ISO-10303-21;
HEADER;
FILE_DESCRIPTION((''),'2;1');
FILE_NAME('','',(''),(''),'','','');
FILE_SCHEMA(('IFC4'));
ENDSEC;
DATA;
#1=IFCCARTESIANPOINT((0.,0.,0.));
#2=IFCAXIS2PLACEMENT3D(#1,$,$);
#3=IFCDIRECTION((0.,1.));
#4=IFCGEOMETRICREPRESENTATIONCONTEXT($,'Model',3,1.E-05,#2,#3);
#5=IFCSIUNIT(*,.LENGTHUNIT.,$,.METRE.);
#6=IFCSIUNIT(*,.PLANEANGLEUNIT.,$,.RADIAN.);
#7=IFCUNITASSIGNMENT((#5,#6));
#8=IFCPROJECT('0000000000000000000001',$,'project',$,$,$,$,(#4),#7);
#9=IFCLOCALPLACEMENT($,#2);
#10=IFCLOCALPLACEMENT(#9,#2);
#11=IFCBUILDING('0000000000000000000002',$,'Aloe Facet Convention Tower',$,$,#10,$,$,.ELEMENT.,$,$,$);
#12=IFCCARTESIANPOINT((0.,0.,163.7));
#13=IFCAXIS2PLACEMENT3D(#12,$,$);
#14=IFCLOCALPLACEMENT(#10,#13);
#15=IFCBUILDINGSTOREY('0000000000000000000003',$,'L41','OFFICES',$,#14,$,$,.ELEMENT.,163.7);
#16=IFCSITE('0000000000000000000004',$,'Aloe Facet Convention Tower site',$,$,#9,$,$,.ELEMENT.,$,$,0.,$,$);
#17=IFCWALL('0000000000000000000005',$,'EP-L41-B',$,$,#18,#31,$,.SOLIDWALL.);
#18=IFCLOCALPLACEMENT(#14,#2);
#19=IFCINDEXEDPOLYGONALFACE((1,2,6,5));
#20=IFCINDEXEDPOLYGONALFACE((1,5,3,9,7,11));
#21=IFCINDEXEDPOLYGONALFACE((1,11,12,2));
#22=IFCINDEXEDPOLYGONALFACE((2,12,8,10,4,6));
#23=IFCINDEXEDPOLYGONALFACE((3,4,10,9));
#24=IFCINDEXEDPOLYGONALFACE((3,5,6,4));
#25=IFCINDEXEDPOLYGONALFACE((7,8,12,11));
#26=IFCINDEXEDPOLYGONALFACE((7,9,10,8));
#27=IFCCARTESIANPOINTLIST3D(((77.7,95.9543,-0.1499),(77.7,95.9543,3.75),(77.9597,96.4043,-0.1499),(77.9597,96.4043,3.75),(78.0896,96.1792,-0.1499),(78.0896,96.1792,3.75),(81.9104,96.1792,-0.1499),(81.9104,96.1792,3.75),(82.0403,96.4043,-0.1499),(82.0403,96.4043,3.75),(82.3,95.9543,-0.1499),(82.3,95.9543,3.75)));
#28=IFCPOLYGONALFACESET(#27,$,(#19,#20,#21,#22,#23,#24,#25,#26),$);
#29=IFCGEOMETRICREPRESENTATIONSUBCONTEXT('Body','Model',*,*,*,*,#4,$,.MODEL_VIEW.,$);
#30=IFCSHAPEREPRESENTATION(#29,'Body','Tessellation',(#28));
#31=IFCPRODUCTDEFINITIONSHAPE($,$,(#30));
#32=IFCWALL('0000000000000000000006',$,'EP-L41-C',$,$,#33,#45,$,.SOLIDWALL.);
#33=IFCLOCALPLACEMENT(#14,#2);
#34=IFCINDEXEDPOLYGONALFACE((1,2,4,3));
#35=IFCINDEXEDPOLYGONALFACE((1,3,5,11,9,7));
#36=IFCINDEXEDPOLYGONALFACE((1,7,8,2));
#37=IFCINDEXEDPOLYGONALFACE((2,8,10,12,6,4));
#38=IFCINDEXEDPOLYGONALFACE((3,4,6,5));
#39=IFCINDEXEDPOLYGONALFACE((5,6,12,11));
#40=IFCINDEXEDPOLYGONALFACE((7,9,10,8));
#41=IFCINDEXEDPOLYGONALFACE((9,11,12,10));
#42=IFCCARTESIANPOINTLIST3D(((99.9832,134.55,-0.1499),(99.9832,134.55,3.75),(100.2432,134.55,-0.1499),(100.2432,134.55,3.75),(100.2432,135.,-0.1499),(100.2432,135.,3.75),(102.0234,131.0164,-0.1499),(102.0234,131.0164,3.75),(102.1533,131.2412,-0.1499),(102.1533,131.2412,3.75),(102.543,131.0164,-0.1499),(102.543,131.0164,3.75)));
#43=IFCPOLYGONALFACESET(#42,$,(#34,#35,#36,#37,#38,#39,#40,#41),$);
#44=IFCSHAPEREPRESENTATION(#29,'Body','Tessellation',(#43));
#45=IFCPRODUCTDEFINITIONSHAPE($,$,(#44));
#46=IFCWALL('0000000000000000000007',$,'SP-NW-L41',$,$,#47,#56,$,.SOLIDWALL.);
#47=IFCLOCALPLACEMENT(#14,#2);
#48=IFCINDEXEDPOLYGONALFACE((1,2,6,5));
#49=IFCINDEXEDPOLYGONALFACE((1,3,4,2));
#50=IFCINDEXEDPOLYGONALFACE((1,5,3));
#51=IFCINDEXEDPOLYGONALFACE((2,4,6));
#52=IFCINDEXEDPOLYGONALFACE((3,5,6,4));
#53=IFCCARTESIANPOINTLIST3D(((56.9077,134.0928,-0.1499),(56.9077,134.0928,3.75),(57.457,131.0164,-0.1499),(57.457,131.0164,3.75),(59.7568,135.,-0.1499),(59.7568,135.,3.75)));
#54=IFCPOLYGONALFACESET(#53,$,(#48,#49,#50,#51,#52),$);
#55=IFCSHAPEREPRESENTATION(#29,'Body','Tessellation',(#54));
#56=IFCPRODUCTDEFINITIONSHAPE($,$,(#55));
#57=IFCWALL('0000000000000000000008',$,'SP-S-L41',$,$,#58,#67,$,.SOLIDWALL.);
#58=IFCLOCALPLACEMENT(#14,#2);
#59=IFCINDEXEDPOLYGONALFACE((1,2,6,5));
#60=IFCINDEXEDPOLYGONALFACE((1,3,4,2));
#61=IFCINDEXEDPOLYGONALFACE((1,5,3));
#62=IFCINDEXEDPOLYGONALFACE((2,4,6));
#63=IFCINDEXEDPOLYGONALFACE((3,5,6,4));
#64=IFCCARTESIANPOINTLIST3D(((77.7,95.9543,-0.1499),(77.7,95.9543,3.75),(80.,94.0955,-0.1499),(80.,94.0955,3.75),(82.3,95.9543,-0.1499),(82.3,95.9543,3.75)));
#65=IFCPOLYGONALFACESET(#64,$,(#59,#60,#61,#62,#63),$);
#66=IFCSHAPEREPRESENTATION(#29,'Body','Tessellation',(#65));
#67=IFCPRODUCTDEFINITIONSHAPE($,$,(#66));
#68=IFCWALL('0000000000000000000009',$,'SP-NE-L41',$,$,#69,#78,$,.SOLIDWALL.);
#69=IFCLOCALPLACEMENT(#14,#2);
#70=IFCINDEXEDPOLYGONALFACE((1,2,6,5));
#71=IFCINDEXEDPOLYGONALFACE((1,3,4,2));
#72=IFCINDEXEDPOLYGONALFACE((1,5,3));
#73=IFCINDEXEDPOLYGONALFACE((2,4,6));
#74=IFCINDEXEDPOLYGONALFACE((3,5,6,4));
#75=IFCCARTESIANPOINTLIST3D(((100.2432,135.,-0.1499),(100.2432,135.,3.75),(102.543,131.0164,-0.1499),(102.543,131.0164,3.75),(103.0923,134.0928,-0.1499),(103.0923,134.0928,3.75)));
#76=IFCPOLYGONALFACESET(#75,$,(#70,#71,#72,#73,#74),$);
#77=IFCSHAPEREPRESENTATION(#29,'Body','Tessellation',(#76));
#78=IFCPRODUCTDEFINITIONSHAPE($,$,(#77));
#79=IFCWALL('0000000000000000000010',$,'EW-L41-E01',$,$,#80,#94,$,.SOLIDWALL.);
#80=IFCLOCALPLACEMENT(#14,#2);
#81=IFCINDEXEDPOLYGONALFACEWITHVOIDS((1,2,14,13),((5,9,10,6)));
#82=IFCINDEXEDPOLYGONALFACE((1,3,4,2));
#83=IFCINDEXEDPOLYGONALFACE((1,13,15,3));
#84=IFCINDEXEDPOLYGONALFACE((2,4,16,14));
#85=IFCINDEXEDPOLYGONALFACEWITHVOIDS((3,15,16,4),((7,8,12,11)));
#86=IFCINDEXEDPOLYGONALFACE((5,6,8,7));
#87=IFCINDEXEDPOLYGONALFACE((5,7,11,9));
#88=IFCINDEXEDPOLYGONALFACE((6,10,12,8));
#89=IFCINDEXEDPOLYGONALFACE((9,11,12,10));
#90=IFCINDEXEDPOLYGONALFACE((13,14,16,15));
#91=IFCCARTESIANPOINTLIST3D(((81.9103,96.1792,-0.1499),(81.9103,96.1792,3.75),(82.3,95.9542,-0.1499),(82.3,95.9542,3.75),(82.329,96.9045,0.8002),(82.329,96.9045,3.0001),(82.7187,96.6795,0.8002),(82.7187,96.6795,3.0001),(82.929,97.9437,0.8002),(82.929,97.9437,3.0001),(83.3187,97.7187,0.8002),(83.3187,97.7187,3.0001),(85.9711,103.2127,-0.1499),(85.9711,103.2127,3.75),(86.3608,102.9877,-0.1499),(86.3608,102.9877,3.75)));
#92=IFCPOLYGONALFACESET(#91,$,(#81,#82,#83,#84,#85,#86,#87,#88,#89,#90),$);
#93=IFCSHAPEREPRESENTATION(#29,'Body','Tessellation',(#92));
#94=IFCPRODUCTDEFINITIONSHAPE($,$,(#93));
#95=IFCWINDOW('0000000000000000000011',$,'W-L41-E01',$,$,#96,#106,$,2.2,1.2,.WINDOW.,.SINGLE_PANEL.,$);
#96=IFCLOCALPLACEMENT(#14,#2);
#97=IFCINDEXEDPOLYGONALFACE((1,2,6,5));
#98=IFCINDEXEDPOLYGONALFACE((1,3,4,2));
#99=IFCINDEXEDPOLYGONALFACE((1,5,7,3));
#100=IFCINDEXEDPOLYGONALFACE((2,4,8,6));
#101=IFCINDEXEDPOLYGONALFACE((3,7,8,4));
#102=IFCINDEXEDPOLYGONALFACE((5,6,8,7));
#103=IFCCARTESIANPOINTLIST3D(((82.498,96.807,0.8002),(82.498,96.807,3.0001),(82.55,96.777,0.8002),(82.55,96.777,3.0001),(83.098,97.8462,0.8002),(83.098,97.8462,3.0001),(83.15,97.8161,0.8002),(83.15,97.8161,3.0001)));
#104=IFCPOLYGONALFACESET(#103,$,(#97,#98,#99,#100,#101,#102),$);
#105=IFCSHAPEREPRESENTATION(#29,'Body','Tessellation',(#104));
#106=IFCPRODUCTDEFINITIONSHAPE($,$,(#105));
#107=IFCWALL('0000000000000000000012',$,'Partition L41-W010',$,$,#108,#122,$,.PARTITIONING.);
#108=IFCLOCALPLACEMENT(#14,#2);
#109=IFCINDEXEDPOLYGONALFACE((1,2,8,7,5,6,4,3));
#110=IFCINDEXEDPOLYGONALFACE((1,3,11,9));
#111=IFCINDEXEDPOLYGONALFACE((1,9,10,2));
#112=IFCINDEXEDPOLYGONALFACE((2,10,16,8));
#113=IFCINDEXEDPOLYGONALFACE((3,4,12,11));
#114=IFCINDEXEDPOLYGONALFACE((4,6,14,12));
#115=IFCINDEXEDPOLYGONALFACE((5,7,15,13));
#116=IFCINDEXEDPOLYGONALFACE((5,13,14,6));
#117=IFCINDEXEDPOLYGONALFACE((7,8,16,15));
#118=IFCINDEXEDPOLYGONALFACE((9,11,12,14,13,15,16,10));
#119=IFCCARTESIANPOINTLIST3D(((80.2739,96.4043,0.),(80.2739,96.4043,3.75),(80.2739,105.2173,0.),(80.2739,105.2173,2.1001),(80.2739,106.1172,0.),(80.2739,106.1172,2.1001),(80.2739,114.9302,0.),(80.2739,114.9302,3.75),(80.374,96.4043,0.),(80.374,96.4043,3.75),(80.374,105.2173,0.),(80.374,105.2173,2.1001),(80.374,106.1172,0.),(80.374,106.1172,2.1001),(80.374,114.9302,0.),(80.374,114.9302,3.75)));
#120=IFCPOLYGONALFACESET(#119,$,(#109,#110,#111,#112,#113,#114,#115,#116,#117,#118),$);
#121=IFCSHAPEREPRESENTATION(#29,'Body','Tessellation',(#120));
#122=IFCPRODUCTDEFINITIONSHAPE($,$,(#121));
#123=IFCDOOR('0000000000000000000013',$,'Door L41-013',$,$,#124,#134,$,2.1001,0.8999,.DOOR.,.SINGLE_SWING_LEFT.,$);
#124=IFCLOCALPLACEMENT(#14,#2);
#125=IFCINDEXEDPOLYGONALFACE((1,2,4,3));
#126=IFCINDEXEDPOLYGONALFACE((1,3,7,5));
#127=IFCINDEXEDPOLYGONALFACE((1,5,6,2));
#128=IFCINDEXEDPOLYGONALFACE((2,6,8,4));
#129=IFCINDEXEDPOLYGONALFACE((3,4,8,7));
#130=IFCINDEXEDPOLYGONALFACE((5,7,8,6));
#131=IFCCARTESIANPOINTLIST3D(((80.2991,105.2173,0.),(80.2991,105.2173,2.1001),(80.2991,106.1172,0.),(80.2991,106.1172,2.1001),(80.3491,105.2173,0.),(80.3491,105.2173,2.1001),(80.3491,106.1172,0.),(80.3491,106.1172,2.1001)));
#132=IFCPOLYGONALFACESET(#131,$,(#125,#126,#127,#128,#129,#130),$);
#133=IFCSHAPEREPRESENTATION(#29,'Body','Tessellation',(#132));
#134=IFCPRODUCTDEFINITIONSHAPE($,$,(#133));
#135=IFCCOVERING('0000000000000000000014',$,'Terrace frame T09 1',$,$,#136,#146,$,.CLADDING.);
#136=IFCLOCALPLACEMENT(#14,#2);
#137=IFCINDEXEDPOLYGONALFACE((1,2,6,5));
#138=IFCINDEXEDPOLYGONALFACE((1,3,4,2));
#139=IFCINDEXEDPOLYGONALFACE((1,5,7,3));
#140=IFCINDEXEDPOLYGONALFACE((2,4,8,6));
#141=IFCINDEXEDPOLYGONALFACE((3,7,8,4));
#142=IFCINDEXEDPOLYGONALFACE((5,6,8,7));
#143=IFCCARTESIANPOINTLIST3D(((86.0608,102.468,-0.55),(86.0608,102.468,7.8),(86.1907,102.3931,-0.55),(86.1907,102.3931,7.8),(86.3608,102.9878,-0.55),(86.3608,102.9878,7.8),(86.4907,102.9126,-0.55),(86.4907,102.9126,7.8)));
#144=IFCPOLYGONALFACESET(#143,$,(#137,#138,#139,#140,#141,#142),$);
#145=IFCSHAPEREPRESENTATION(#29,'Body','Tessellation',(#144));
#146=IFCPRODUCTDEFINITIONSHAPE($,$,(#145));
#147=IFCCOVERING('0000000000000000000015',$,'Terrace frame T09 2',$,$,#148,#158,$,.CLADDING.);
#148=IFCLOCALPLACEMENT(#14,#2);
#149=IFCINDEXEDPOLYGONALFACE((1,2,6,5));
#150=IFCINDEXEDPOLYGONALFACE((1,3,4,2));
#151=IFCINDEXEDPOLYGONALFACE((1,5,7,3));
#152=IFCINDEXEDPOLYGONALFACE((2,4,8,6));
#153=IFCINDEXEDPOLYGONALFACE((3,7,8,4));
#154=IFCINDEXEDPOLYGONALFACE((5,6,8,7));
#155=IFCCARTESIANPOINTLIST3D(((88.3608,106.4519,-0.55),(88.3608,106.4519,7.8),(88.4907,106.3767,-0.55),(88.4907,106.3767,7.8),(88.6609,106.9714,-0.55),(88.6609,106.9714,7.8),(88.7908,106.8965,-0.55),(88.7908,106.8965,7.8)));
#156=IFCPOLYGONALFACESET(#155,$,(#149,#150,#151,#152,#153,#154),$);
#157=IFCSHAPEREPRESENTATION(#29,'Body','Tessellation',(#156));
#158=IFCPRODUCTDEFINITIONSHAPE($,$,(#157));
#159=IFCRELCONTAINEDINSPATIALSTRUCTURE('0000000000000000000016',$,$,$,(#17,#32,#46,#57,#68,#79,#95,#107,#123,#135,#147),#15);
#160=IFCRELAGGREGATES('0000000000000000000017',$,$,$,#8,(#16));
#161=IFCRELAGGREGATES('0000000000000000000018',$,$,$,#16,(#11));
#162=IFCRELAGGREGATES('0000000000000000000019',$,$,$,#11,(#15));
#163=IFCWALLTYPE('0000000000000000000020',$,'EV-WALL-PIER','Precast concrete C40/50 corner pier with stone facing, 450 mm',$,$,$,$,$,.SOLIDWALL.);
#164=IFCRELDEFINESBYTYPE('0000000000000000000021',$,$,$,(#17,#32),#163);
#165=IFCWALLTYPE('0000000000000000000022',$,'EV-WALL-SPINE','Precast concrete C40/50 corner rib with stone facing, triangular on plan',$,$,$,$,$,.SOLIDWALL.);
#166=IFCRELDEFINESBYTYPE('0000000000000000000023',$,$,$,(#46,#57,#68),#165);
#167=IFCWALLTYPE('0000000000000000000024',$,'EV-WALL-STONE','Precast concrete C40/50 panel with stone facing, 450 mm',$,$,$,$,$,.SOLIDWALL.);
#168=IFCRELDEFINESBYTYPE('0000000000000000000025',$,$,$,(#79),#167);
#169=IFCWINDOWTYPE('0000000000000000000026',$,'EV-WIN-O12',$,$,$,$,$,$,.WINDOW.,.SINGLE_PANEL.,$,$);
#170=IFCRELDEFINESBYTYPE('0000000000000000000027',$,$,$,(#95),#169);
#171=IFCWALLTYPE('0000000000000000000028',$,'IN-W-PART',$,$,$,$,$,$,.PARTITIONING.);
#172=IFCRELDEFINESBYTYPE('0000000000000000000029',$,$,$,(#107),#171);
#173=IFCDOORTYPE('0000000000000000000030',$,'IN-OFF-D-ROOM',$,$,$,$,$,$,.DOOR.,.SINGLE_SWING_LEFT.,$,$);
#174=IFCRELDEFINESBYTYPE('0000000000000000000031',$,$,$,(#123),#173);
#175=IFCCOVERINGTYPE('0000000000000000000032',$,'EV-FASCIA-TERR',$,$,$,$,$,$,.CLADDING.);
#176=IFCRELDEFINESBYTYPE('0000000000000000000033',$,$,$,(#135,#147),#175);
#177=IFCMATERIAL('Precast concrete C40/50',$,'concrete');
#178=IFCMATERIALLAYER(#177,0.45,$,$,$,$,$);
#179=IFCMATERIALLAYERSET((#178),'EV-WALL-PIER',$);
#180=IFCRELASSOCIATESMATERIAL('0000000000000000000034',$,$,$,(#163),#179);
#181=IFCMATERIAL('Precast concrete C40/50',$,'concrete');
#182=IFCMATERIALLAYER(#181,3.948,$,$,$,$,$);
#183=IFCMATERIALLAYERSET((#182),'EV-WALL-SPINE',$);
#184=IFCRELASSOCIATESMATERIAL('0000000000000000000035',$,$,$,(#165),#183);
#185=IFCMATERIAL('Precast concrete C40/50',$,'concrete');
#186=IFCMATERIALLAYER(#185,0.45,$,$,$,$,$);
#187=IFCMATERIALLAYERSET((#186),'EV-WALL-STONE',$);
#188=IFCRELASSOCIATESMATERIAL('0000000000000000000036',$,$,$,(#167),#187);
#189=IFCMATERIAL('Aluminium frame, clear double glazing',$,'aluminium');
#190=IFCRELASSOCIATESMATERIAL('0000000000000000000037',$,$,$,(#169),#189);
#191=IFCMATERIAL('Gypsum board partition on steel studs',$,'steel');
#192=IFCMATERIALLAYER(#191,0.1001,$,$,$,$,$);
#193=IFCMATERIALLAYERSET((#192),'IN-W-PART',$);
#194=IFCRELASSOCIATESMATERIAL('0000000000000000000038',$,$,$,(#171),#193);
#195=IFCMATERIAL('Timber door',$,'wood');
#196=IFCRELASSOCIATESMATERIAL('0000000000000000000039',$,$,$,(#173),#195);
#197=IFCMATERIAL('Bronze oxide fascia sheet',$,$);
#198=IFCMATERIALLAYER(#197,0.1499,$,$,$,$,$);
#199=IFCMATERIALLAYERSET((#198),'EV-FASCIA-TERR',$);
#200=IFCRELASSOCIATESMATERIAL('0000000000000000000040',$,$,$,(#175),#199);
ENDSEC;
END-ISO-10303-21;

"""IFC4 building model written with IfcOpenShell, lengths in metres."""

from ifc_helpers import new_model, si_unit, direction, frame, frame_2d, origin, place, context, subcontext, project, spatial, polyline, rectangle, outline, extrude, material, layer, layer_set, type_object, element, fill, save


model = new_model("IFC4")

# Units and contexts
model_context = context("Model", 3, precision=1e-05, world=origin(), true_north=direction((0.0, 1.0)))
body_context = subcontext(model_context, "Body", "Model", "MODEL_VIEW")
ifc_project = project(units=[si_unit("LENGTHUNIT", "METRE"), si_unit("PLANEANGLEUNIT", "RADIAN")], contexts=[model_context])

# Site, building, storey
site_placement = place(None, origin())
site = spatial("IfcSite", under=ifc_project, at=site_placement, Name="Aloe Facet Convention Tower site", CompositionType="ELEMENT", RefElevation=0.0)
building_placement = place(site_placement, origin())
building = spatial("IfcBuilding", under=site, at=building_placement, Name="Aloe Facet Convention Tower", CompositionType="ELEMENT")
storey_placement = place(building_placement, frame((0.0, 0.0, 163.7)))
storey = spatial("IfcBuildingStorey", under=building, at=storey_placement, Name="L41", Description="OFFICES", CompositionType="ELEMENT", Elevation=163.7)

# Walls
ifc_material_1 = material(Name="Precast concrete C40/50", Category="concrete")
ifc_layer_1 = layer(ifc_material_1, 0.45)
ifc_layer_set_1 = layer_set([ifc_layer_1], Name="EV-WALL-PIER")
wall_type_1 = type_object("IfcWallType", Name="EV-WALL-PIER", Description="Precast concrete C40/50 corner pier with stone facing, 450 mm", PredefinedType="SOLIDWALL", material=ifc_layer_set_1)
wall_1_placement = place(storey_placement, frame((0.0, 0.0, -0.1499)))
element("IfcWall", 1, at=wall_1_placement, inside=storey, type_object=wall_type_1, Name="EP-L41-B", PredefinedType="SOLIDWALL", context=body_context, shape_type="SweptSolid", body=[
    extrude(outline(polyline([(77.7, 95.9543), (78.0896, 96.1792), (77.9597, 96.4043), (82.0403, 96.4043), (81.9104, 96.1792), (82.3, 95.9543), (77.7, 95.9543)])), origin(), (0.0, 0.0, 1.0), 3.8999),
])
wall_2_placement = place(storey_placement, frame((0.0, 0.0, -0.1499)))
element("IfcWall", 2, at=wall_2_placement, inside=storey, type_object=wall_type_1, Name="EP-L41-C", PredefinedType="SOLIDWALL", context=body_context, shape_type="SweptSolid", body=[
    extrude(outline(polyline([(102.543, 131.0164), (102.1533, 131.2412), (102.0234, 131.0164), (99.9832, 134.55), (100.2432, 134.55), (100.2432, 135.0), (102.543, 131.0164)])), origin(), (0.0, 0.0, 1.0), 3.8999),
])
ifc_material_2 = material(Name="Precast concrete C40/50", Category="concrete")
ifc_layer_2 = layer(ifc_material_2, 3.948)
ifc_layer_set_2 = layer_set([ifc_layer_2], Name="EV-WALL-SPINE")
wall_type_2 = type_object("IfcWallType", Name="EV-WALL-SPINE", Description="Precast concrete C40/50 corner rib with stone facing, triangular on plan", PredefinedType="SOLIDWALL", material=ifc_layer_set_2)
wall_3_placement = place(storey_placement, frame((0.0, 0.0, -0.1499)))
element("IfcWall", 3, at=wall_3_placement, inside=storey, type_object=wall_type_2, Name="SP-NW-L41", PredefinedType="SOLIDWALL", context=body_context, shape_type="SweptSolid", body=[
    extrude(outline(polyline([(59.7568, 135.0), (56.9077, 134.0928), (57.457, 131.0164), (59.7568, 135.0)])), origin(), (0.0, 0.0, 1.0), 3.8999),
])
wall_4_placement = place(storey_placement, frame((0.0, 0.0, -0.1499)))
element("IfcWall", 4, at=wall_4_placement, inside=storey, type_object=wall_type_2, Name="SP-S-L41", PredefinedType="SOLIDWALL", context=body_context, shape_type="SweptSolid", body=[
    extrude(outline(polyline([(77.7, 95.9543), (80.0, 94.0955), (82.3, 95.9543), (77.7, 95.9543)])), origin(), (0.0, 0.0, 1.0), 3.8999),
])
wall_5_placement = place(storey_placement, frame((0.0, 0.0, -0.1499)))
element("IfcWall", 5, at=wall_5_placement, inside=storey, type_object=wall_type_2, Name="SP-NE-L41", PredefinedType="SOLIDWALL", context=body_context, shape_type="SweptSolid", body=[
    extrude(outline(polyline([(102.543, 131.0164), (103.0923, 134.0928), (100.2432, 135.0), (102.543, 131.0164)])), origin(), (0.0, 0.0, 1.0), 3.8999),
])

# Wall, opening, window
ifc_material_3 = material(Name="Precast concrete C40/50", Category="concrete")
ifc_layer_3 = layer(ifc_material_3, 0.45)
ifc_layer_set_3 = layer_set([ifc_layer_3], Name="EV-WALL-STONE")
wall_type_3 = type_object("IfcWallType", Name="EV-WALL-STONE", Description="Precast concrete C40/50 panel with stone facing, 450 mm", PredefinedType="SOLIDWALL", material=ifc_layer_set_3)
wall_6_placement = place(storey_placement, frame((82.1052, 96.0667, -0.1499), z_axis=(0.0, 0.0, 1.0), x_axis=(0.500003, 0.866024, 0.0)))
wall_6 = element("IfcWall", 6, at=wall_6_placement, inside=storey, type_object=wall_type_3, Name="EW-L41-E01", PredefinedType="SOLIDWALL", context=body_context, shape_type="SweptSolid", body=[
    extrude(outline(polyline([(0.0, 0.0), (0.0, 3.8999), (8.1216, 3.8999), (8.1216, 0.0), (0.0, 0.0)])), frame((0.0, 0.2251, 0.0), z_axis=(0.0, -1.0, 0.0), x_axis=(1.0, 0.0, 0.0)), (0.0, 0.0, 1.0), 0.45),
])
opening_1_placement = place(wall_6_placement, frame((0.8374, 0.0, 0.95)))
opening_1 = element("IfcOpeningElement", 7, at=opening_1_placement, cuts=wall_6, PredefinedType="OPENING", context=body_context, shape_type="SweptSolid", body=[
    extrude(rectangle(XDim=1.2, YDim=2.2, at=frame_2d((0.6001, 1.1001))), frame((0.0, 0.2349, 0.0), z_axis=(0.0, -1.0, 0.0), x_axis=(1.0, 0.0, 0.0)), (0.0, 0.0, 1.0), 0.47),
])
ifc_material_4 = material(Name="Aluminium frame, clear double glazing", Category="aluminium")
window_type = type_object("IfcWindowType", Name="EV-WIN-O12", PartitioningType="SINGLE_PANEL", PredefinedType="WINDOW", material=ifc_material_4)
window_placement = place(opening_1_placement, origin())
window = element("IfcWindow", 8, at=window_placement, inside=storey, type_object=window_type, Name="W-L41-E01", OverallHeight=2.2, OverallWidth=1.2, PartitioningType="SINGLE_PANEL", PredefinedType="WINDOW", context=body_context, shape_type="SweptSolid", body=[
    extrude(rectangle(XDim=1.2, YDim=2.2, at=frame_2d((0.6001, 1.1001))), frame((0.0, 0.03, 0.0), z_axis=(0.0, -1.0, 0.0), x_axis=(1.0, 0.0, 0.0)), (0.0, 0.0, 1.0), 0.0601),
])
fill(opening_1, window)

# Wall, opening, door
ifc_material_5 = material(Name="Gypsum board partition on steel studs", Category="steel")
ifc_layer_4 = layer(ifc_material_5, 0.1001)
ifc_layer_set_4 = layer_set([ifc_layer_4], Name="IN-W-PART")
wall_type_4 = type_object("IfcWallType", Name="IN-W-PART", PredefinedType="PARTITIONING", material=ifc_layer_set_4)
wall_7_placement = place(storey_placement, frame((80.324, 96.4043, 0.0), z_axis=(0.0, 0.0, 1.0), x_axis=(0.0, 1.0, 0.0)))
wall_7 = element("IfcWall", 9, at=wall_7_placement, inside=storey, type_object=wall_type_4, Name="Partition L41-W010", PredefinedType="PARTITIONING", context=body_context, shape_type="SweptSolid", body=[
    extrude(rectangle(XDim=18.5259, YDim=0.1001, at=frame_2d((9.2629, 0.0))), origin(), (0.0, 0.0, 1.0), 3.75),
])
opening_2_placement = place(wall_7_placement, frame((8.813, 0.0, 0.0)))
opening_2 = element("IfcOpeningElement", 10, at=opening_2_placement, cuts=wall_7, PredefinedType="OPENING", context=body_context, shape_type="SweptSolid", body=[
    extrude(rectangle(XDim=0.8999, YDim=2.1001, at=frame_2d((0.45, 1.05))), frame((0.0, 0.0601, 0.0), z_axis=(0.0, -1.0, 0.0), x_axis=(1.0, 0.0, 0.0)), (0.0, 0.0, 1.0), 0.1201),
])
ifc_material_6 = material(Name="Timber door", Category="wood")
door_type = type_object("IfcDoorType", Name="IN-OFF-D-ROOM", OperationType="SINGLE_SWING_LEFT", PredefinedType="DOOR", material=ifc_material_6)
door_placement = place(opening_2_placement, origin())
door = element("IfcDoor", 11, at=door_placement, inside=storey, type_object=door_type, Name="Door L41-013", OperationType="SINGLE_SWING_LEFT", OverallHeight=2.1001, OverallWidth=0.8999, PredefinedType="DOOR", context=body_context, shape_type="SweptSolid", body=[
    extrude(rectangle(XDim=0.8999, YDim=2.1001, at=frame_2d((0.45, 1.05))), frame((0.0, 0.0249, 0.0), z_axis=(0.0, -1.0, 0.0), x_axis=(1.0, 0.0, 0.0)), (0.0, 0.0, 1.0), 0.05),
])
fill(opening_2, door)

# Coverings
ifc_material_7 = material(Name="Bronze oxide fascia sheet")
ifc_layer_5 = layer(ifc_material_7, 0.1499)
ifc_layer_set_5 = layer_set([ifc_layer_5], Name="EV-FASCIA-TERR")
covering_type = type_object("IfcCoveringType", Name="EV-FASCIA-TERR", PredefinedType="CLADDING", material=ifc_layer_set_5)
covering_1_placement = place(storey_placement, frame((0.0, 0.0, -0.55)))
element("IfcCovering", 12, at=covering_1_placement, inside=storey, type_object=covering_type, Name="Terrace frame T09 1", PredefinedType="CLADDING", context=body_context, shape_type="SweptSolid", body=[
    extrude(outline(polyline([(86.1907, 102.3931), (86.4907, 102.9126), (86.3608, 102.9878), (86.0608, 102.468), (86.1907, 102.3931)])), origin(), (0.0, 0.0, 1.0), 8.3501),
])
covering_2_placement = place(storey_placement, frame((0.0, 0.0, -0.55)))
element("IfcCovering", 13, at=covering_2_placement, inside=storey, type_object=covering_type, Name="Terrace frame T09 2", PredefinedType="CLADDING", context=body_context, shape_type="SweptSolid", body=[
    extrude(outline(polyline([(88.4907, 106.3767), (88.7908, 106.8965), (88.6609, 106.9714), (88.3608, 106.4519), (88.4907, 106.3767)])), origin(), (0.0, 0.0, 1.0), 8.3501),
])

save(model, "model.ifc")
